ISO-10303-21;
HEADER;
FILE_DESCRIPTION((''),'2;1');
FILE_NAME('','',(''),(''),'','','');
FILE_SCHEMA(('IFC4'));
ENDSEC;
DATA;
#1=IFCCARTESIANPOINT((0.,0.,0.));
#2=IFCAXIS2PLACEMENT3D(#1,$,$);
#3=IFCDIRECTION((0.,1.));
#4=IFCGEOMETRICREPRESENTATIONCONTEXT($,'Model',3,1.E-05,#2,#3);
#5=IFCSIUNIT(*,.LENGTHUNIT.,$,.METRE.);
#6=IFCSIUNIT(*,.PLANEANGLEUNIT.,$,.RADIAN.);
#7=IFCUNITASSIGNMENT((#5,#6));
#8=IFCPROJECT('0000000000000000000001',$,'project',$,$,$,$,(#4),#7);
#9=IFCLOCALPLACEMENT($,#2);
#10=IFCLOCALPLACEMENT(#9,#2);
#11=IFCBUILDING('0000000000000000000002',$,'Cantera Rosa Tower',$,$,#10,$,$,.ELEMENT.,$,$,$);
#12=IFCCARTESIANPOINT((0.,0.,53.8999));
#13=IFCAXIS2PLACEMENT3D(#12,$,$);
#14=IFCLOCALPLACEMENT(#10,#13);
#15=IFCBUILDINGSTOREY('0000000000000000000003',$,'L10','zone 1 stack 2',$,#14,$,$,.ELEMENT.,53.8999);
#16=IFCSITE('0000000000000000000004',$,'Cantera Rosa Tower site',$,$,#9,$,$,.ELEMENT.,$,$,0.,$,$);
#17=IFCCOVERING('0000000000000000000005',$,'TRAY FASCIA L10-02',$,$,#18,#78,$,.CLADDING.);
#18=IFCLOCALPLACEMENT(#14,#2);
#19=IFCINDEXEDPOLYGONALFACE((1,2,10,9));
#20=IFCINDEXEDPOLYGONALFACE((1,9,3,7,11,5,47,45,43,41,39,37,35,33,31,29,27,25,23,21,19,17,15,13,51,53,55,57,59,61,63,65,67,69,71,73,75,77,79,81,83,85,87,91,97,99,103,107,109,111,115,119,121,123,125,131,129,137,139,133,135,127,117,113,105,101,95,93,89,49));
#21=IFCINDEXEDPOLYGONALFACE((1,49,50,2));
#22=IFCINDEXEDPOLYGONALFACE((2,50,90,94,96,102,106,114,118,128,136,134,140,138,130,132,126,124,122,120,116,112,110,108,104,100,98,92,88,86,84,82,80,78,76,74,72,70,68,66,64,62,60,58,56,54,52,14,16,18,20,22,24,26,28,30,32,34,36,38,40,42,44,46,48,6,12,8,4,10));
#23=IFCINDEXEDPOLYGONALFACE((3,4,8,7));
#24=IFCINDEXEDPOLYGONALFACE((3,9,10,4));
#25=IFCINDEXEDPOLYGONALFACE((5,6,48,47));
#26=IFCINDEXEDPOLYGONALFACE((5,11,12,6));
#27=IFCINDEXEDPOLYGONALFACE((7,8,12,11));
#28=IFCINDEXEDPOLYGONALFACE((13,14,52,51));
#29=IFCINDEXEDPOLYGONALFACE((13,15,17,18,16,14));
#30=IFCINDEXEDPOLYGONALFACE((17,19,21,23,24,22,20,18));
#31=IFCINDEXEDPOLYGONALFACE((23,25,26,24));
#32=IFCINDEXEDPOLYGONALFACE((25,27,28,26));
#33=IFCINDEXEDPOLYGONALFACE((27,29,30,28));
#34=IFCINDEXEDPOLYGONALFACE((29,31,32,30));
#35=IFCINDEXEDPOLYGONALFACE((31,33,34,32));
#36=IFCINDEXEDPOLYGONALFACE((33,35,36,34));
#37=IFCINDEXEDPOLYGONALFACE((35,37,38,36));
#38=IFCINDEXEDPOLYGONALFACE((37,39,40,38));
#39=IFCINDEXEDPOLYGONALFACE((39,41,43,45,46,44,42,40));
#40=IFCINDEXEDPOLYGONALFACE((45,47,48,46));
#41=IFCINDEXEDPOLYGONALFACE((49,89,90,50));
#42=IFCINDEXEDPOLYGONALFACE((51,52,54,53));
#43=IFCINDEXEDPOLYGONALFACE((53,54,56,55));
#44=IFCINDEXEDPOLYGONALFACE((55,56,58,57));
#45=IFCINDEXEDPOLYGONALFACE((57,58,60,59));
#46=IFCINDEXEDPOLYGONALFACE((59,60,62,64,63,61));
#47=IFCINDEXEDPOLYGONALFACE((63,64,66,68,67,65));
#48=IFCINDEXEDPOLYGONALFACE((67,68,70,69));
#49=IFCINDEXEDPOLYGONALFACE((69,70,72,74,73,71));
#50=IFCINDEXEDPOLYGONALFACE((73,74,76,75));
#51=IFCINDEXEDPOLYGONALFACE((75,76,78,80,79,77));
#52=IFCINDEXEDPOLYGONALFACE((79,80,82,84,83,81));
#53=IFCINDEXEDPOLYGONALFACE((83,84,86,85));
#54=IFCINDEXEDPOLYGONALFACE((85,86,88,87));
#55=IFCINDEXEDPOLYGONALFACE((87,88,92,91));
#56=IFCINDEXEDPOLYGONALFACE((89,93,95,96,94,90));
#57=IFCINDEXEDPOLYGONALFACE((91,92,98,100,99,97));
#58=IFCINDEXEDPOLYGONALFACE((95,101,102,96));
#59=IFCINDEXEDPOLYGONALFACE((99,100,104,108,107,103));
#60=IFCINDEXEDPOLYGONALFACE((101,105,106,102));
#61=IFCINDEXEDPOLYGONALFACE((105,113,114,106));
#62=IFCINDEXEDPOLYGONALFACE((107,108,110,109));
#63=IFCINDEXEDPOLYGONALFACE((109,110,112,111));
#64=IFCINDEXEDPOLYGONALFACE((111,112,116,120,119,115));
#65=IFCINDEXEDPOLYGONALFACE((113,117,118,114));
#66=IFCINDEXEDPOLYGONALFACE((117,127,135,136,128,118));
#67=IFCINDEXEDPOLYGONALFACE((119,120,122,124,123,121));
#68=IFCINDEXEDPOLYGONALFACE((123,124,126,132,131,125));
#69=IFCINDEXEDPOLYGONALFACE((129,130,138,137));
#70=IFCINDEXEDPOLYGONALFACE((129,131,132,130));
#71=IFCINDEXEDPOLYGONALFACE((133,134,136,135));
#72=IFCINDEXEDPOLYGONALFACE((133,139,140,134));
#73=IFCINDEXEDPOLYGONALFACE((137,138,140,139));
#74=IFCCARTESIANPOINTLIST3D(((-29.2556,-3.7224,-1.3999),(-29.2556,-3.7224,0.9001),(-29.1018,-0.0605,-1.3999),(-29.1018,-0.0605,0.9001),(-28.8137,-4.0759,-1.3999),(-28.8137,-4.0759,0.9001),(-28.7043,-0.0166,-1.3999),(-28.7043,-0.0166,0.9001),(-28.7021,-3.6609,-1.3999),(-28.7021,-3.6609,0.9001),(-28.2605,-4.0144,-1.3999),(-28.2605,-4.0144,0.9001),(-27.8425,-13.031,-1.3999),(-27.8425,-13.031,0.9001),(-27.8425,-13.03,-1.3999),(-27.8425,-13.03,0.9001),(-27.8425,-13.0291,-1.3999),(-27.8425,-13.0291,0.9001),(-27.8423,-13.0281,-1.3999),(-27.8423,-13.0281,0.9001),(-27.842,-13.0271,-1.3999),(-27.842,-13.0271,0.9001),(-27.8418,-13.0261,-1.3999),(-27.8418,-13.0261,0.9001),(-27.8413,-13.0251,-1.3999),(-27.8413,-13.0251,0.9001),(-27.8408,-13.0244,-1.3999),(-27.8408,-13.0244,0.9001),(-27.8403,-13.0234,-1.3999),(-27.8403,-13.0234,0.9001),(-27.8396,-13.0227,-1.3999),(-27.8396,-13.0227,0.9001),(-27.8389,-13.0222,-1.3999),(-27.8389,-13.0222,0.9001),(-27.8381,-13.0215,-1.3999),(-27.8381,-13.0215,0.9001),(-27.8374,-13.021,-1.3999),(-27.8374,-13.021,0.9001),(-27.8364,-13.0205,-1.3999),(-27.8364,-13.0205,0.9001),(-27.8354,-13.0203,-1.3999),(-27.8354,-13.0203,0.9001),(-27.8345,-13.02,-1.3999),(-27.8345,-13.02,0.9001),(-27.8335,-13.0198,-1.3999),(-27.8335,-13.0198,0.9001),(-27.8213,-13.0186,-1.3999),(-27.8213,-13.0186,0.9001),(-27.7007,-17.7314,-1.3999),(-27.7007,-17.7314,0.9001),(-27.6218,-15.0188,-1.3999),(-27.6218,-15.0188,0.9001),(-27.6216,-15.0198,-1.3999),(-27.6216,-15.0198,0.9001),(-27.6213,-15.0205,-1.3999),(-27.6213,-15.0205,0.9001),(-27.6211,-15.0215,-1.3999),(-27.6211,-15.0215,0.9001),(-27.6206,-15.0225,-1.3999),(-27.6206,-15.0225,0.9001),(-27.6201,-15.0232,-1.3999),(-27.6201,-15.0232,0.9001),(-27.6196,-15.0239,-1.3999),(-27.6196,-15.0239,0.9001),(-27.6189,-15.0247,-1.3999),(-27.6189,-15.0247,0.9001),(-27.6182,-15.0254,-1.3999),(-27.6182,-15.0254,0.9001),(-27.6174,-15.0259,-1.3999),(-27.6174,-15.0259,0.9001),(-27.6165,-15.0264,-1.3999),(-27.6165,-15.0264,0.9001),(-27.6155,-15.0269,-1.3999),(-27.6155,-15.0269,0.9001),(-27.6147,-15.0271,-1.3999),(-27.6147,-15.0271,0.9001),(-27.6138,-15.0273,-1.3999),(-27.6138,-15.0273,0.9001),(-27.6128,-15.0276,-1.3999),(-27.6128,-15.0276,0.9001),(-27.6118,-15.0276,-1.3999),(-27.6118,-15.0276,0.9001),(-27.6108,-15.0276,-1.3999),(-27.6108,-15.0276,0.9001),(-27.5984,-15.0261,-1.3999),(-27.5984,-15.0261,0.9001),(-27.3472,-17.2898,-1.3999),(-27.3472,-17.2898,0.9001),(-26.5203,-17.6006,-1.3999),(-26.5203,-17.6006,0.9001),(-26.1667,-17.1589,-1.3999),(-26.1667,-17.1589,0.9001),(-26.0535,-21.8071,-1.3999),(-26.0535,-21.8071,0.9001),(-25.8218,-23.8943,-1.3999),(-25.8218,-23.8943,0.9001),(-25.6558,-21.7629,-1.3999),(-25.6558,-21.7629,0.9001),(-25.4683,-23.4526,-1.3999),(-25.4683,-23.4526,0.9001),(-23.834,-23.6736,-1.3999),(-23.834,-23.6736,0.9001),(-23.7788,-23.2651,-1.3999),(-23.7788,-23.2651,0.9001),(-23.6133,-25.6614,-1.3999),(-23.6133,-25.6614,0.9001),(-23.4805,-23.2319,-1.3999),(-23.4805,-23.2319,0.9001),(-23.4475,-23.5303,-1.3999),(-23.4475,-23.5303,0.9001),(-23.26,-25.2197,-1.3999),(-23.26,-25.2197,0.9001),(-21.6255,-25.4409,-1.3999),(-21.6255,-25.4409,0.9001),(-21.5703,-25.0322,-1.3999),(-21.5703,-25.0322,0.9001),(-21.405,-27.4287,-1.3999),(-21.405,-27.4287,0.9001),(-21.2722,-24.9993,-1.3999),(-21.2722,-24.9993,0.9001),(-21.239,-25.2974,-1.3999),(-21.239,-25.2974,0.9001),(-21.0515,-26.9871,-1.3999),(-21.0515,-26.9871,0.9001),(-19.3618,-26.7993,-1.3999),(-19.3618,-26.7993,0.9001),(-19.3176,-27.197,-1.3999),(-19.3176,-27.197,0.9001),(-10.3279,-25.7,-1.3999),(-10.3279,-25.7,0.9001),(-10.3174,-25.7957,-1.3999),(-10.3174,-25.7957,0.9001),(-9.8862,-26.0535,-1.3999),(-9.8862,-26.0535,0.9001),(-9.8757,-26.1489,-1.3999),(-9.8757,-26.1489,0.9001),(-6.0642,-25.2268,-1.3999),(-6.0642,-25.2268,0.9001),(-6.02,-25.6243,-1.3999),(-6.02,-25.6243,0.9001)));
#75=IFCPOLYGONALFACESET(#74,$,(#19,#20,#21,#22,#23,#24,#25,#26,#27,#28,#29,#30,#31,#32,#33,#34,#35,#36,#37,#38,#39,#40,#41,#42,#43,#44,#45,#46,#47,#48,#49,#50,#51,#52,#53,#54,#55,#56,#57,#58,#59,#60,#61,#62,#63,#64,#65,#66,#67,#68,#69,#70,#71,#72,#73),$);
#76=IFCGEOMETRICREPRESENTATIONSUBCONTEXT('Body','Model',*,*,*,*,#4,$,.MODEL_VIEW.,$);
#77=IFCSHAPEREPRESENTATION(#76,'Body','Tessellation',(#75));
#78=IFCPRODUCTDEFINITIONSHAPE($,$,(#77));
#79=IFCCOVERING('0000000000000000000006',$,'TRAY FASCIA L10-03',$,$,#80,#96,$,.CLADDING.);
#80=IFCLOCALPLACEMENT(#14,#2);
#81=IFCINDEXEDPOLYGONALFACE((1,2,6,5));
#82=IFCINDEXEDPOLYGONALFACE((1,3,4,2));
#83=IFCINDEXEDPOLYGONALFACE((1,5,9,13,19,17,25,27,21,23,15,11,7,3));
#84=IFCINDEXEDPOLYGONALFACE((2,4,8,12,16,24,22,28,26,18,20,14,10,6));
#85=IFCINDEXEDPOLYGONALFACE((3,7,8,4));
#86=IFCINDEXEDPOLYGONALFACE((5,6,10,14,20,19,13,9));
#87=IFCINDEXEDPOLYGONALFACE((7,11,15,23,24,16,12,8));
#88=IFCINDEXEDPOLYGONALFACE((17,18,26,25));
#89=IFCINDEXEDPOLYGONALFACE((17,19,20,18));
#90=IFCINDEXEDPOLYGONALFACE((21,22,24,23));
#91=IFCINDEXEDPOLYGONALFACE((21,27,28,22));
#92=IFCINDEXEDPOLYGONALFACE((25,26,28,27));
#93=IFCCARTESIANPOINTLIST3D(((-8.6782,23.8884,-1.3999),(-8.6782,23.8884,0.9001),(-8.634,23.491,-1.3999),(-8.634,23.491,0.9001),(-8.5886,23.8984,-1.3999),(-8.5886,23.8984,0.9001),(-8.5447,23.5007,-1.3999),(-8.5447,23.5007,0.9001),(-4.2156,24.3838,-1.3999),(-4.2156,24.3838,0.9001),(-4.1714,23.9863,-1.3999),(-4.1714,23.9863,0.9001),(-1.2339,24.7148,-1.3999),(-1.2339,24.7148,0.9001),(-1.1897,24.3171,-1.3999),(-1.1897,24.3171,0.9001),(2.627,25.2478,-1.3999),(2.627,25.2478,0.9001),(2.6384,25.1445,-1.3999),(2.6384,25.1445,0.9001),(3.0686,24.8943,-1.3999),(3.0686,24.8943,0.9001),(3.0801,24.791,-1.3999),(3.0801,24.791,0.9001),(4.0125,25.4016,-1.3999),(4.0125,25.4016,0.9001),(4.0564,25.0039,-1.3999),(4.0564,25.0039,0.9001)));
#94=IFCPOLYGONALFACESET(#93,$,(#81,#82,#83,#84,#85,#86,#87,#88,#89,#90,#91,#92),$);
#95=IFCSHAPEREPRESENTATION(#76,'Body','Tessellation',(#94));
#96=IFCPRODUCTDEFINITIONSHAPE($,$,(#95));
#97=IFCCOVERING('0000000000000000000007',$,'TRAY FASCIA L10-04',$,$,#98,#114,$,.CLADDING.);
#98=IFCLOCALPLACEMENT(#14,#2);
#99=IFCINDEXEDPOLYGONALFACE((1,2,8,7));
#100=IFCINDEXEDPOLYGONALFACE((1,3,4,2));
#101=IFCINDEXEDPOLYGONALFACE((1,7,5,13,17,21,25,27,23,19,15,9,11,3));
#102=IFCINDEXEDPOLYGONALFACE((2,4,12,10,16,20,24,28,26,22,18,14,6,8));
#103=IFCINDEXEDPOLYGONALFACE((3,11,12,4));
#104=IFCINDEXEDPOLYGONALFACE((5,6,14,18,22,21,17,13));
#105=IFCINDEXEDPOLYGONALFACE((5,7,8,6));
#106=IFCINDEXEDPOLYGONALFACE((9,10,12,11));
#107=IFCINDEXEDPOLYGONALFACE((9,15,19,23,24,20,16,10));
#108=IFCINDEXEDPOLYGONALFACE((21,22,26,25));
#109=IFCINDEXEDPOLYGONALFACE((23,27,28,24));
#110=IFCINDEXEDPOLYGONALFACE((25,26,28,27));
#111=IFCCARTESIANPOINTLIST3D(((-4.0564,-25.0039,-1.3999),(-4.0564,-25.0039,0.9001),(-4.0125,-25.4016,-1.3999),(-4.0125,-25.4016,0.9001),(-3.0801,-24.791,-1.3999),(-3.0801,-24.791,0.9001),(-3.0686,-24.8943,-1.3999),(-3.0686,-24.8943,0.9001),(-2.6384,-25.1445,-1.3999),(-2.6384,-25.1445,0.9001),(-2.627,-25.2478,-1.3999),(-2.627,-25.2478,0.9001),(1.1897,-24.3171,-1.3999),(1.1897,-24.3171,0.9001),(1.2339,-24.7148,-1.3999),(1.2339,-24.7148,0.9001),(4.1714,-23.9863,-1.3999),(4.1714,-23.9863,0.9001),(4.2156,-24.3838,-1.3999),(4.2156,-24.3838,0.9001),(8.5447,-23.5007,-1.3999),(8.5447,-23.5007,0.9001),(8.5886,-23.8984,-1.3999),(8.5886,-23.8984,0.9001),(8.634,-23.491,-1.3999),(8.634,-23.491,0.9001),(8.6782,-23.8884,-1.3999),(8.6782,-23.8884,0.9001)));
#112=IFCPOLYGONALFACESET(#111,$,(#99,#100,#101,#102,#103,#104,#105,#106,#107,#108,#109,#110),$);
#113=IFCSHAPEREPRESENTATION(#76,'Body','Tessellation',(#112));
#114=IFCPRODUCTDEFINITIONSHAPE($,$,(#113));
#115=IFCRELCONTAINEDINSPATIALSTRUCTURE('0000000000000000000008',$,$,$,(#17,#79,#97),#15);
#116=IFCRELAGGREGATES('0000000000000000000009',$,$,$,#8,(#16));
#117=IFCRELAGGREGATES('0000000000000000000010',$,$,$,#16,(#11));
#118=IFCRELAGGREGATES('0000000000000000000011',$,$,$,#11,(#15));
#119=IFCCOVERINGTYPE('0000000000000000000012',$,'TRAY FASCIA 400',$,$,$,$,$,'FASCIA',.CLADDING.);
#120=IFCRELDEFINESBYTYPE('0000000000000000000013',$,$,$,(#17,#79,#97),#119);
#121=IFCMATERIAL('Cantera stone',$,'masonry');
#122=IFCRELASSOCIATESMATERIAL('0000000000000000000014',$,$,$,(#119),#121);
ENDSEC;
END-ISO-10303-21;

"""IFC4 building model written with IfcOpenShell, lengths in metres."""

from ifc_helpers import new_model, si_unit, direction, frame, origin, place, context, subcontext, project, spatial, polyline, outline, extrude, material, type_object, element, save


model = new_model("IFC4")

# Units and contexts
model_context = context("Model", 3, precision=1e-05, world=origin(), true_north=direction((0.0, 1.0)))
body_context = subcontext(model_context, "Body", "Model", "MODEL_VIEW")
ifc_project = project(units=[si_unit("LENGTHUNIT", "METRE"), si_unit("PLANEANGLEUNIT", "RADIAN")], contexts=[model_context])

# Site, building, storey
site_placement = place(None, origin())
site = spatial("IfcSite", under=ifc_project, at=site_placement, Name="Cantera Rosa Tower site", CompositionType="ELEMENT", RefElevation=0.0)
building_placement = place(site_placement, origin())
building = spatial("IfcBuilding", under=site, at=building_placement, Name="Cantera Rosa Tower", CompositionType="ELEMENT")
storey_placement = place(building_placement, frame((0.0, 0.0, 53.8999)))
storey = spatial("IfcBuildingStorey", under=building, at=storey_placement, Name="L10", Description="zone 1 stack 2", CompositionType="ELEMENT", Elevation=53.8999)

# Coverings
ifc_material_1 = material(Name="Cantera stone", Category="masonry")
covering_type = type_object("IfcCoveringType", Name="TRAY FASCIA 400", ElementType="FASCIA", PredefinedType="CLADDING", material=ifc_material_1)
covering_1_placement = place(storey_placement, frame((0.0, 0.0, -1.3999)))
element("IfcCovering", 1, at=covering_1_placement, inside=storey, type_object=covering_type, Name="TRAY FASCIA L10-02", PredefinedType="CLADDING", context=body_context, shape_type="SweptSolid", body=[
    extrude(outline(polyline([(-9.8862, -26.0535), (-9.8757, -26.1489), (-19.3176, -27.197), (-21.405, -27.4287), (-21.6255, -25.4409), (-23.6133, -25.6614), (-23.834, -23.6736), (-25.8218, -23.8943), (-26.0535, -21.8071), (-26.5203, -17.6006), (-27.7007, -17.7314), (-29.2556, -3.7224), (-28.7021, -3.6609), (-29.1018, -0.0605), (-28.7043, -0.0166), (-28.2605, -4.0144), (-28.8137, -4.0759), (-27.8213, -13.0186), (-27.8335, -13.0198), (-27.8345, -13.02), (-27.8354, -13.0203), (-27.8364, -13.0205), (-27.8374, -13.021), (-27.8381, -13.0215), (-27.8389, -13.0222), (-27.8396, -13.0227), (-27.8403, -13.0234), (-27.8408, -13.0244), (-27.8413, -13.0251), (-27.8418, -13.0261), (-27.842, -13.0271), (-27.8423, -13.0281), (-27.8425, -13.0291), (-27.8425, -13.03), (-27.8425, -13.031), (-27.6218, -15.0188), (-27.6216, -15.0198), (-27.6213, -15.0205), (-27.6211, -15.0215), (-27.6206, -15.0225), (-27.6201, -15.0232), (-27.6196, -15.0239), (-27.6189, -15.0247), (-27.6182, -15.0254), (-27.6174, -15.0259), (-27.6165, -15.0264), (-27.6155, -15.0269), (-27.6147, -15.0271), (-27.6138, -15.0273), (-27.6128, -15.0276), (-27.6118, -15.0276), (-27.6108, -15.0276), (-27.5984, -15.0261), (-27.3472, -17.2898), (-26.1667, -17.1589), (-25.6558, -21.7629), (-25.4683, -23.4526), (-23.7788, -23.2651), (-23.4805, -23.2319), (-23.4475, -23.5303), (-23.26, -25.2197), (-21.5703, -25.0322), (-21.2722, -24.9993), (-21.239, -25.2974), (-21.0515, -26.9871), (-19.3618, -26.7993), (-10.3174, -25.7957), (-10.3279, -25.7), (-6.0642, -25.2268), (-6.02, -25.6243), (-9.8862, -26.0535)])), origin(), (0.0, 0.0, 1.0), 2.3),
])
covering_2_placement = place(storey_placement, frame((0.0, 0.0, -1.3999)))
element("IfcCovering", 2, at=covering_2_placement, inside=storey, type_object=covering_type, Name="TRAY FASCIA L10-03", PredefinedType="CLADDING", context=body_context, shape_type="SweptSolid", body=[
    extrude(outline(polyline([(-8.5886, 23.8984), (-4.2156, 24.3838), (-1.2339, 24.7148), (2.6384, 25.1445), (2.627, 25.2478), (4.0125, 25.4016), (4.0564, 25.0039), (3.0686, 24.8943), (3.0801, 24.791), (-1.1897, 24.3171), (-4.1714, 23.9863), (-8.5447, 23.5007), (-8.634, 23.491), (-8.6782, 23.8884), (-8.5886, 23.8984)])), origin(), (0.0, 0.0, 1.0), 2.3),
])
covering_3_placement = place(storey_placement, frame((0.0, 0.0, -1.3999)))
element("IfcCovering", 3, at=covering_3_placement, inside=storey, type_object=covering_type, Name="TRAY FASCIA L10-04", PredefinedType="CLADDING", context=body_context, shape_type="SweptSolid", body=[
    extrude(outline(polyline([(8.5886, -23.8984), (4.2156, -24.3838), (1.2339, -24.7148), (-2.6384, -25.1445), (-2.627, -25.2478), (-4.0125, -25.4016), (-4.0564, -25.0039), (-3.0686, -24.8943), (-3.0801, -24.791), (1.1897, -24.3171), (4.1714, -23.9863), (8.5447, -23.5007), (8.634, -23.491), (8.6782, -23.8884), (8.5886, -23.8984)])), origin(), (0.0, 0.0, 1.0), 2.3),
])

save(model, "model.ifc")
